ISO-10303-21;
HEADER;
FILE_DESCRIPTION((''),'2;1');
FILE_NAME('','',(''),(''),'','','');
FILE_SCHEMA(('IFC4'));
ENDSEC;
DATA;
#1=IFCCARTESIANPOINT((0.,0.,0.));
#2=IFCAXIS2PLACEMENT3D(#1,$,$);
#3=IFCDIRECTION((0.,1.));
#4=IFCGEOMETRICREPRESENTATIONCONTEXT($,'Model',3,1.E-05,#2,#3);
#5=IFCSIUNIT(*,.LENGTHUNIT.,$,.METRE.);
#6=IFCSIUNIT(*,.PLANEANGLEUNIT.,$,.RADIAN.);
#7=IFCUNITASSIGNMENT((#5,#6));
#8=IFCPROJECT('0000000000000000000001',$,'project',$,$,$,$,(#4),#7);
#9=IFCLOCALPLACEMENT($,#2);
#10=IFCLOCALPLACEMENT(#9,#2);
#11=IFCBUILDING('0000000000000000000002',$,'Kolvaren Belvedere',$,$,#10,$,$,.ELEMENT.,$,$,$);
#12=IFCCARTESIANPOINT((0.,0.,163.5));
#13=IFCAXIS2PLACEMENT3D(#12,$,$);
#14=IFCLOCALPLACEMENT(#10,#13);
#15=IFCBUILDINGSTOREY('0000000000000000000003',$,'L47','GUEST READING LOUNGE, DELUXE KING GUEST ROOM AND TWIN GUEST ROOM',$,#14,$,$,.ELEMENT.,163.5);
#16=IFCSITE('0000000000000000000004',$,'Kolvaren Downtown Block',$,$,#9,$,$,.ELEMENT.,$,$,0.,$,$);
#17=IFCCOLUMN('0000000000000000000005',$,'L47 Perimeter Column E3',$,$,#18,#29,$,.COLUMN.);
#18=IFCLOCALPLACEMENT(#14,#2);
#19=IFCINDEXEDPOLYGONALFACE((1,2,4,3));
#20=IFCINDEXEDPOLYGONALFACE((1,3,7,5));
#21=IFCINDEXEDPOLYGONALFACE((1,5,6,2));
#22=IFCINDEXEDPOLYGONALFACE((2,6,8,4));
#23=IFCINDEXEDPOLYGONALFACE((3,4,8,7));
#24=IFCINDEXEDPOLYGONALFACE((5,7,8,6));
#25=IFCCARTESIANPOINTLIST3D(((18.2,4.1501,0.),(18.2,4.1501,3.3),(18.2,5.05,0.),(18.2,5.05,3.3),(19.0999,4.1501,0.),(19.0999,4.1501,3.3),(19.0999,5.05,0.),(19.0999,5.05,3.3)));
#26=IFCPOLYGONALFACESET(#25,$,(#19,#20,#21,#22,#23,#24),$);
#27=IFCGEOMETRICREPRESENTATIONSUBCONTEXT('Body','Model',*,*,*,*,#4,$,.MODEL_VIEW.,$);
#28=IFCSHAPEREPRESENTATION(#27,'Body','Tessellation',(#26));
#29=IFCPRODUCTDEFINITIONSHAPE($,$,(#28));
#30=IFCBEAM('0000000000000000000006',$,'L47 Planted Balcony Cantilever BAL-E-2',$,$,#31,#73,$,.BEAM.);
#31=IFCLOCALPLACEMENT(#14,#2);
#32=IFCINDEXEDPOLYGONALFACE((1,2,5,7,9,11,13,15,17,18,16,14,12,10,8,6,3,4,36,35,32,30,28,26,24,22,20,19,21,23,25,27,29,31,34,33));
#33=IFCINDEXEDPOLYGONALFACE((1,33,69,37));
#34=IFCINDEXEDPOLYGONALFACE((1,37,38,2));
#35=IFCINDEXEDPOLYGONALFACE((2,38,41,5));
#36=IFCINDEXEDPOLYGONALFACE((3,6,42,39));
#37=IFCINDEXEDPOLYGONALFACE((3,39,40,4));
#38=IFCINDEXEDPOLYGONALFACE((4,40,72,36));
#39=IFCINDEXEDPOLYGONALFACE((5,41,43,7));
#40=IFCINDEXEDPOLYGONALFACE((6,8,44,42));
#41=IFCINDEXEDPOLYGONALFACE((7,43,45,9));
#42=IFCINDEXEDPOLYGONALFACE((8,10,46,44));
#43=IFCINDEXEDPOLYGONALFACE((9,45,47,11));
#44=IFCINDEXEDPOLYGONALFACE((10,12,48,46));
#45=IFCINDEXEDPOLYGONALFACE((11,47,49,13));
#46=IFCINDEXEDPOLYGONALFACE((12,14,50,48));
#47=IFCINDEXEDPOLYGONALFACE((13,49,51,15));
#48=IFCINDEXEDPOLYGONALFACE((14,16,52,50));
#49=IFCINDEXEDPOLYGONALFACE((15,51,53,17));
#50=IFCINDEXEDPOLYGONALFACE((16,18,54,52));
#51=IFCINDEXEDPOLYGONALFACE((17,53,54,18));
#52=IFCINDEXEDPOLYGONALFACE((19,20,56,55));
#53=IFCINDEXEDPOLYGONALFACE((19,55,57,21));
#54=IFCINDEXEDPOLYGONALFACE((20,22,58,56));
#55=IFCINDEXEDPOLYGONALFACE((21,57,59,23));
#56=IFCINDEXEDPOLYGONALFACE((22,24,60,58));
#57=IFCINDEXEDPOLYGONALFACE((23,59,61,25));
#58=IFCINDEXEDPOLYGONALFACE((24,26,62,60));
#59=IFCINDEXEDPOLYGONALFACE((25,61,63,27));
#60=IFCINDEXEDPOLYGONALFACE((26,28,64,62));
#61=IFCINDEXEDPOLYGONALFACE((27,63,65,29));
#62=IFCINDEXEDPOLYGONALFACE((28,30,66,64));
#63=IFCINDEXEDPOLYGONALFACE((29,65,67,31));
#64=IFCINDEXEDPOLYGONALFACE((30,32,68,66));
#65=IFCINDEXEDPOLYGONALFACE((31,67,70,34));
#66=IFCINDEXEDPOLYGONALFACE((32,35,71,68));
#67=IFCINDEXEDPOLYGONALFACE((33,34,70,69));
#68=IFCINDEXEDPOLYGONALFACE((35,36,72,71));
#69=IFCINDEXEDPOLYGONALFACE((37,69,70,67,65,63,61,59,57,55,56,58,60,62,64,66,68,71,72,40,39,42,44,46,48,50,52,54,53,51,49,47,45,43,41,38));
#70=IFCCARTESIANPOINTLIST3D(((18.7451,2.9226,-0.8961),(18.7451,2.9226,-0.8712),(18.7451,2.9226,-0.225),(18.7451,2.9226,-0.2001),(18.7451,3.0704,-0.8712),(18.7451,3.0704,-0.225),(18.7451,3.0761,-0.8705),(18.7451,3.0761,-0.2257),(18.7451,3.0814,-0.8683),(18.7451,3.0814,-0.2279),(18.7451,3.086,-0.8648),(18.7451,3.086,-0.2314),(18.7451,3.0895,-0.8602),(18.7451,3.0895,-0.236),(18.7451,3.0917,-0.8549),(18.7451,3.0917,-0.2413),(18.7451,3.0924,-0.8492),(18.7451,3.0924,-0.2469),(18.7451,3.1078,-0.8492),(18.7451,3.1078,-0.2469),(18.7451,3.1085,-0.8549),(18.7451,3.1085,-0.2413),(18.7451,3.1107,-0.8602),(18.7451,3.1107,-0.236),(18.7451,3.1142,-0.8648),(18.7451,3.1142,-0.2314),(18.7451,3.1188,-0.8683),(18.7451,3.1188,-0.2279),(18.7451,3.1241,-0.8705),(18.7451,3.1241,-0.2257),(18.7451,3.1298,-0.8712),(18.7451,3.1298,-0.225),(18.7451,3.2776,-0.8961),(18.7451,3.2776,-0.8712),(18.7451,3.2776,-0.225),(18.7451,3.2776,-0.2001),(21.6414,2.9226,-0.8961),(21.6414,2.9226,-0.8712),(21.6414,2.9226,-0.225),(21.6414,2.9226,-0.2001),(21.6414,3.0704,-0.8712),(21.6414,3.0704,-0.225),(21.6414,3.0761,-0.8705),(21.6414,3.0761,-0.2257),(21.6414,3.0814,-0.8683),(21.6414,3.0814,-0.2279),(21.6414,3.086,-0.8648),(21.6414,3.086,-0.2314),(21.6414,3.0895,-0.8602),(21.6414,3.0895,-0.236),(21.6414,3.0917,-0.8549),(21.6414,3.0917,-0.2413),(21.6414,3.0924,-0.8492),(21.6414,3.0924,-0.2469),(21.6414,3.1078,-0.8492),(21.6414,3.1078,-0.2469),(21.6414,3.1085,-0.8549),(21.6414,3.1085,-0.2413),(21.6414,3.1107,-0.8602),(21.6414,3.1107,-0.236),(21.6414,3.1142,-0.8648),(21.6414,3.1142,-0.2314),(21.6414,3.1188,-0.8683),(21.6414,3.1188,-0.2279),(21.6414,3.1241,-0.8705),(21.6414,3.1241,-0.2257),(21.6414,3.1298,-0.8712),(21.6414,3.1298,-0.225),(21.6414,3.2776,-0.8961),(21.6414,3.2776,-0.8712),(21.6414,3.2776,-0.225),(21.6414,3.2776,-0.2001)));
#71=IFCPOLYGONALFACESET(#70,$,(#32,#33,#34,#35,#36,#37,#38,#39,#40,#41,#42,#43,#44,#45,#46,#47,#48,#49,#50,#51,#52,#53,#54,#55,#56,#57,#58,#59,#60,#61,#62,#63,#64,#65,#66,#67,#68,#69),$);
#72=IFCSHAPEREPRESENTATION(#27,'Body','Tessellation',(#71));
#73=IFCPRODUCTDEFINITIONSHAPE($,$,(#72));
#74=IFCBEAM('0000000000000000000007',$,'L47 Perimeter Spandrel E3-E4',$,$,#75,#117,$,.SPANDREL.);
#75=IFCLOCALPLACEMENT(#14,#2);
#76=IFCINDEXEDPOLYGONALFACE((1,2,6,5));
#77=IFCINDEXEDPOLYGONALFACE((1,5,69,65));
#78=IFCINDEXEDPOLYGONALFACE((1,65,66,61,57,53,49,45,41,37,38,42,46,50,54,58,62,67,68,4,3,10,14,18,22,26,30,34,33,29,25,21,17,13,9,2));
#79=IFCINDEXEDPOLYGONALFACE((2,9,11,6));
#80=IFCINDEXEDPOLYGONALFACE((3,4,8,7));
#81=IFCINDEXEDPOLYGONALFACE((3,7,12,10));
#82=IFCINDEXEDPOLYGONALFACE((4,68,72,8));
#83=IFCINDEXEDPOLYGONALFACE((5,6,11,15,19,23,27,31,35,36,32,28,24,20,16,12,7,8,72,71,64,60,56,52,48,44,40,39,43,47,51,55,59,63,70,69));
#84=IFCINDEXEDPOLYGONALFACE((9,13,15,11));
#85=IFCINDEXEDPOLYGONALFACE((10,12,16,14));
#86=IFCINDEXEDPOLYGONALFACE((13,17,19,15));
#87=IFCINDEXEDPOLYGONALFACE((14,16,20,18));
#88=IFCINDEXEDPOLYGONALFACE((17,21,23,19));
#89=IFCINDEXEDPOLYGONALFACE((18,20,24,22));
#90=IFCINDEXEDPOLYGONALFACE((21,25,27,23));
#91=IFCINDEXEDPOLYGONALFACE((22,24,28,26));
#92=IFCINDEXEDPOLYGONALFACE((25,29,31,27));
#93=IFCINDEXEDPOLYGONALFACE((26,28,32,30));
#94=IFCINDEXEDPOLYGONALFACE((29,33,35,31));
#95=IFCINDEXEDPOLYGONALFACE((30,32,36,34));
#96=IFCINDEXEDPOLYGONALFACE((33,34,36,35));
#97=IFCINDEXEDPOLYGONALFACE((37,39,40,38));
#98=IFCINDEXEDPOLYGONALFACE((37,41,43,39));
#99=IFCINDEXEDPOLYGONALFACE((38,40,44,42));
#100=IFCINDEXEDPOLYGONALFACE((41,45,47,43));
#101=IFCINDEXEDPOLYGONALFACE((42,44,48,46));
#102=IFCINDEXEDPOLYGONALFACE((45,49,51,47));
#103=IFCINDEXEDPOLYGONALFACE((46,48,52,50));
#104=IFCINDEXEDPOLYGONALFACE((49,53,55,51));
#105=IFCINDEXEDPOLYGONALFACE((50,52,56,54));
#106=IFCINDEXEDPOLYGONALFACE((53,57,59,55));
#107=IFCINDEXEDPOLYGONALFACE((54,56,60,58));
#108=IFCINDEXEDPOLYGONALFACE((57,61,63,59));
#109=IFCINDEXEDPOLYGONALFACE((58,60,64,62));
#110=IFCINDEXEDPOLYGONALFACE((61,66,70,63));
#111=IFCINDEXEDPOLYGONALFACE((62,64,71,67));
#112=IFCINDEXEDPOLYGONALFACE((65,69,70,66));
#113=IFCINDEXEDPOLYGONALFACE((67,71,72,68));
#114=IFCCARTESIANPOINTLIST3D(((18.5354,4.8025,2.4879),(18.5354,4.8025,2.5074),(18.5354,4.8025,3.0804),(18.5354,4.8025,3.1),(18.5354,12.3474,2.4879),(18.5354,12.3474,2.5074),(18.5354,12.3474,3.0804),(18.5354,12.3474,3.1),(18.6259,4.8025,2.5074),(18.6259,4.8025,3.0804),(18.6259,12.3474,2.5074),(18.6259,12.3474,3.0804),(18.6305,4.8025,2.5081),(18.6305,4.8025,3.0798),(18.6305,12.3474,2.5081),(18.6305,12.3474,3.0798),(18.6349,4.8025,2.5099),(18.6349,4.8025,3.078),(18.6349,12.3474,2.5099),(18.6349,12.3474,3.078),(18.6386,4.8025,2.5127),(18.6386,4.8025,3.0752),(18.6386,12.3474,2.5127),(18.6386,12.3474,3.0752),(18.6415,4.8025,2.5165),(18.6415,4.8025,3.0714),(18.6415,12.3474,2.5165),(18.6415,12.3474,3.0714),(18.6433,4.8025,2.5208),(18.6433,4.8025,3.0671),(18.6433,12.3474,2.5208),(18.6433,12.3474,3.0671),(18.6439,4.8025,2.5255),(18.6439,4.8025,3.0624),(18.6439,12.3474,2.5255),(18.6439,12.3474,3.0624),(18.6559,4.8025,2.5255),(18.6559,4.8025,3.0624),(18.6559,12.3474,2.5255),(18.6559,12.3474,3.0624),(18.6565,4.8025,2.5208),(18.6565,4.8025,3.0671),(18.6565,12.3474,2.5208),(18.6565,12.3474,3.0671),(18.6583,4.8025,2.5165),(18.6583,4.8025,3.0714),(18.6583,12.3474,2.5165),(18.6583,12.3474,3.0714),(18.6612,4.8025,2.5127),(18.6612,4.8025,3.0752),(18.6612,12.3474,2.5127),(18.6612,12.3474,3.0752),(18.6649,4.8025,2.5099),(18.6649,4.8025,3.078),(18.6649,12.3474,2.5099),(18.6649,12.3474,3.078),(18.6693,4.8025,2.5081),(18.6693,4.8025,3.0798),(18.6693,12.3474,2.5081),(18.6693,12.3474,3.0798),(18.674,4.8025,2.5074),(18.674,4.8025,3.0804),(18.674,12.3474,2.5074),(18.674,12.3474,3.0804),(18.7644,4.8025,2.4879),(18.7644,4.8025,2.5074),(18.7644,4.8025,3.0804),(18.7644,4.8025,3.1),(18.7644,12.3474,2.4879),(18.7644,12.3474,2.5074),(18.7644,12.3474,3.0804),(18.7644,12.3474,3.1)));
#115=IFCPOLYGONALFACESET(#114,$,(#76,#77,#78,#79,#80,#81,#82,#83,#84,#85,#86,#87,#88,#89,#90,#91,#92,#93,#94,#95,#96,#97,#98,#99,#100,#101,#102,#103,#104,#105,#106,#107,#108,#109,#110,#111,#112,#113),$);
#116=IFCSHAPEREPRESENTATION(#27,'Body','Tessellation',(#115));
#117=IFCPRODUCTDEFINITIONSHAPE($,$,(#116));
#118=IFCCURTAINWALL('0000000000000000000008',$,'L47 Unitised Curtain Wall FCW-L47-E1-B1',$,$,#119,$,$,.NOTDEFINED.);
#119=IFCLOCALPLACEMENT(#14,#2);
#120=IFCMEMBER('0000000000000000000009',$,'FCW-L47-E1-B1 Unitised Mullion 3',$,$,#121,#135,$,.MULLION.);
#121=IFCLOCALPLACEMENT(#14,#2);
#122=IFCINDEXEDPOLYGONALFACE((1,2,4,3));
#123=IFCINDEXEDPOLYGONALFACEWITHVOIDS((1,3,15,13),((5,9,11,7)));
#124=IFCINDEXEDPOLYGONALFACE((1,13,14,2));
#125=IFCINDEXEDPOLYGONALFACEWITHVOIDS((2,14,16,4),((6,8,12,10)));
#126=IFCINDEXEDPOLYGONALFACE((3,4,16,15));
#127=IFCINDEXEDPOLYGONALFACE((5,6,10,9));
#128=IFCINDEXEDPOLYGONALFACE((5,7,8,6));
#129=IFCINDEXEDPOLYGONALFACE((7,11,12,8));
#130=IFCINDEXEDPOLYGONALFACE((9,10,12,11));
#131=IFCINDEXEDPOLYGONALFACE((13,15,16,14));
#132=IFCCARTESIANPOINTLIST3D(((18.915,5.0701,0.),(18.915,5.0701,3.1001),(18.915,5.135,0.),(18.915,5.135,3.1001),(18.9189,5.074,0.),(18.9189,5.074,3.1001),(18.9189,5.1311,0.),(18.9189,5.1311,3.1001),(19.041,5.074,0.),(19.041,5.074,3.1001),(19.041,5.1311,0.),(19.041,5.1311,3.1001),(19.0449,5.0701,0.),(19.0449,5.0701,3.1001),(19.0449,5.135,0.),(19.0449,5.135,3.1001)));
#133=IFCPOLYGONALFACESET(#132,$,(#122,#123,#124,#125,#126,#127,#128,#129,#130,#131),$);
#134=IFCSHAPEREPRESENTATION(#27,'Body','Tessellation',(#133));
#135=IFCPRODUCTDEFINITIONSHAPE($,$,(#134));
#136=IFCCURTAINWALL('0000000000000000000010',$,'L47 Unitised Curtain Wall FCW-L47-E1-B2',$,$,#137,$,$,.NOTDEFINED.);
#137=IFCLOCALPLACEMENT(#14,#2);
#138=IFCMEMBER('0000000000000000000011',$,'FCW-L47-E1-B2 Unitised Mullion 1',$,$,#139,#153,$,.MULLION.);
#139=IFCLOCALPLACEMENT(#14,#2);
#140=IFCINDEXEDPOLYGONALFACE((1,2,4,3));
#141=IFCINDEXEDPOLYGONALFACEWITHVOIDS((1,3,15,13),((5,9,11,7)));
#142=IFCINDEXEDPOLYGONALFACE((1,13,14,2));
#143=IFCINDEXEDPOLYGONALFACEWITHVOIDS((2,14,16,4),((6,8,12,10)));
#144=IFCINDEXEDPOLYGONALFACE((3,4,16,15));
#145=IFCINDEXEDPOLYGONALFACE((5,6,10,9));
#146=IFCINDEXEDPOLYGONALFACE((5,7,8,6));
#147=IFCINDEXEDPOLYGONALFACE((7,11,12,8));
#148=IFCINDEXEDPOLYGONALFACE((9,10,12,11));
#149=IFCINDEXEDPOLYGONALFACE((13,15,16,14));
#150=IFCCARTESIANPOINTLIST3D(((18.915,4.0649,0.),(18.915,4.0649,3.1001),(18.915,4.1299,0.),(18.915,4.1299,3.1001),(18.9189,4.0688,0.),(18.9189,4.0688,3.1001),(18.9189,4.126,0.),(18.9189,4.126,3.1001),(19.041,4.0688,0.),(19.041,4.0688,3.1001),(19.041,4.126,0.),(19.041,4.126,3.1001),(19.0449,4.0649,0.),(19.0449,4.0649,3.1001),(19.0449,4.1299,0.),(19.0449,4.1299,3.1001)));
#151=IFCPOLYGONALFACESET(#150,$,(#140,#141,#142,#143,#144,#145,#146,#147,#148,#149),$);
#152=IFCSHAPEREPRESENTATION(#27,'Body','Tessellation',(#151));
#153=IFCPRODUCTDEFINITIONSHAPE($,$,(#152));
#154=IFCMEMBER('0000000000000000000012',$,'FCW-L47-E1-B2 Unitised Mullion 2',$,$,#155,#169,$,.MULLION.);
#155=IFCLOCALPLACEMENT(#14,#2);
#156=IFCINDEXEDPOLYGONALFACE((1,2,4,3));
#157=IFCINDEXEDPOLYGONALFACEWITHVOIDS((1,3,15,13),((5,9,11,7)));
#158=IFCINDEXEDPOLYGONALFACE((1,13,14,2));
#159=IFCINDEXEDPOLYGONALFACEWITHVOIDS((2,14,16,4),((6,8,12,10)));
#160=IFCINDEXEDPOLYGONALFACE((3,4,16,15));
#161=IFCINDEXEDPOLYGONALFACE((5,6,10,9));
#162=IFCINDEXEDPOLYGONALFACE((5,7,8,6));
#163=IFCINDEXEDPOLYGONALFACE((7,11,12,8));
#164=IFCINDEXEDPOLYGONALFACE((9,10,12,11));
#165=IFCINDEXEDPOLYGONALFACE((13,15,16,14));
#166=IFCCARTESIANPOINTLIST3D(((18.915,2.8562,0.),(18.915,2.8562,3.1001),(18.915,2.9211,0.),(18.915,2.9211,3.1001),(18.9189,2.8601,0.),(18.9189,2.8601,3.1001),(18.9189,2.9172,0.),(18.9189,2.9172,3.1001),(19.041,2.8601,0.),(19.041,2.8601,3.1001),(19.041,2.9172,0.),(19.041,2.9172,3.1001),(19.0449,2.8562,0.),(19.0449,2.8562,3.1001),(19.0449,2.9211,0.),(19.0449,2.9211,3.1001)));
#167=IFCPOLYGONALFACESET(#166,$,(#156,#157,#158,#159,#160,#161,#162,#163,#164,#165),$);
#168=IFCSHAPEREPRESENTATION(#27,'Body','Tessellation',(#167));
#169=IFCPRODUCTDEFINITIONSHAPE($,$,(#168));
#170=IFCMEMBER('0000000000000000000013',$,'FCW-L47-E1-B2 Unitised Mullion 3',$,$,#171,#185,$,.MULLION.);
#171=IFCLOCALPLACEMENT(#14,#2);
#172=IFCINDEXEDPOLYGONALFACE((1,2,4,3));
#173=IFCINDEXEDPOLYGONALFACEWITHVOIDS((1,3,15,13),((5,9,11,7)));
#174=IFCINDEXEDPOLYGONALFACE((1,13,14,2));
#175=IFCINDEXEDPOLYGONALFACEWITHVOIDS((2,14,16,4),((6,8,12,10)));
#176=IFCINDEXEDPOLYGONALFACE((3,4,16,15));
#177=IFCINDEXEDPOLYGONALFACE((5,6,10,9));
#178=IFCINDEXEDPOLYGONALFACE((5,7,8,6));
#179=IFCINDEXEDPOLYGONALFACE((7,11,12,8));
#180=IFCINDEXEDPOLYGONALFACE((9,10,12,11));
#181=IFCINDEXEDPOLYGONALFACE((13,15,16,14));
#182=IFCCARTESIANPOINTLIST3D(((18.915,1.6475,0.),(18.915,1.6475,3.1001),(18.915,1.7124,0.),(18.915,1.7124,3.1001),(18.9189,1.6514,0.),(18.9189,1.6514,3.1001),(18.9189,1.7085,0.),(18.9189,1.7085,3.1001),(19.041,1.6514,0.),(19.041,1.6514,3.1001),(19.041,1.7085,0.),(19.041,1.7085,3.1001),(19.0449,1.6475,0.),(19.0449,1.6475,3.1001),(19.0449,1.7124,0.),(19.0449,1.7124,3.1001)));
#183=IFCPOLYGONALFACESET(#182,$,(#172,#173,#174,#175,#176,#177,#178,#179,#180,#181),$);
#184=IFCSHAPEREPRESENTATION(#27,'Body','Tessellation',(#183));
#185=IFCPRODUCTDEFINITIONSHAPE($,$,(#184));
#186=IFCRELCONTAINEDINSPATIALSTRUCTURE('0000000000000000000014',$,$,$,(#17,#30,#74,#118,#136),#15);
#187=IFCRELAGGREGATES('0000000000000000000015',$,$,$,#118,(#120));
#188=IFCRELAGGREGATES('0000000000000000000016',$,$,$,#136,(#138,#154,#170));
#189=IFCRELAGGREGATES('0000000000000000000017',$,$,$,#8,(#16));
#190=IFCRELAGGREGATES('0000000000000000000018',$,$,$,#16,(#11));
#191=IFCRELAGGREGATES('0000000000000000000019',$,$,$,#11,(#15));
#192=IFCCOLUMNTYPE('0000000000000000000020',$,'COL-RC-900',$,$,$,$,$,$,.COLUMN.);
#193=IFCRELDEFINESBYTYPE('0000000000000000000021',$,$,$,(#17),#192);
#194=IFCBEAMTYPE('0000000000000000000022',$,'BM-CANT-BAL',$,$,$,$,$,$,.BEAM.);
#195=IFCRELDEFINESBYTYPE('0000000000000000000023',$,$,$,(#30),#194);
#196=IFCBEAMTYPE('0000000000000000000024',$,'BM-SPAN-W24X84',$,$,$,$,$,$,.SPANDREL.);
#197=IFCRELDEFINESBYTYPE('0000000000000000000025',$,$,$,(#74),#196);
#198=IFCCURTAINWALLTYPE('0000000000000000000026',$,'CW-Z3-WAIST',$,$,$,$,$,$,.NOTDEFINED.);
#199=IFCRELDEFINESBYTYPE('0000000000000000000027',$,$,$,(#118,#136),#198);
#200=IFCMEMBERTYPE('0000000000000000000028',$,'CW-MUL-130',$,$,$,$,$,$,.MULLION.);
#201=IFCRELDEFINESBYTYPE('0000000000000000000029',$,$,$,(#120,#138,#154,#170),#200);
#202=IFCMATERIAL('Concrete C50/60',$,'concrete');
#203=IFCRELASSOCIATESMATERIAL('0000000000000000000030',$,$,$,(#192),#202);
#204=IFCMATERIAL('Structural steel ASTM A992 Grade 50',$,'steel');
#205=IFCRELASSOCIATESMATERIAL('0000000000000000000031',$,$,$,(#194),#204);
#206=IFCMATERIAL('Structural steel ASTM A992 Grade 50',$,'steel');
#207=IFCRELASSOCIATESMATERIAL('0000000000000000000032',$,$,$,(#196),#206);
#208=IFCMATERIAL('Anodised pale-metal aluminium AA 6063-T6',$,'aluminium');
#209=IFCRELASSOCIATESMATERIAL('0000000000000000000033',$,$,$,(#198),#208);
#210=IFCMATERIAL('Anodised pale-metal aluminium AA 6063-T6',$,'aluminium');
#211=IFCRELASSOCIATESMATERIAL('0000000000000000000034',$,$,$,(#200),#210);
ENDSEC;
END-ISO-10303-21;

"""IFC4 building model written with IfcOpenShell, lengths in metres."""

from ifc_helpers import new_model, si_unit, direction, frame, origin, origin_2d, place, context, subcontext, project, spatial, rectangle, hollow_rectangle, i_section, extrude, material, material_profile, profile_set, type_object, element, aggregate, save


model = new_model("IFC4")

# Units and contexts
model_context = context("Model", 3, precision=1e-05, world=origin(), true_north=direction((0.0, 1.0)))
body_context = subcontext(model_context, "Body", "Model", "MODEL_VIEW")
ifc_project = project(units=[si_unit("LENGTHUNIT", "METRE"), si_unit("PLANEANGLEUNIT", "RADIAN")], contexts=[model_context])

# Site, building, storey
site_placement = place(None, origin())
site = spatial("IfcSite", under=ifc_project, at=site_placement, Name="Kolvaren Downtown Block", CompositionType="ELEMENT", RefElevation=0.0)
building_placement = place(site_placement, origin())
building = spatial("IfcBuilding", under=site, at=building_placement, Name="Kolvaren Belvedere", CompositionType="ELEMENT")
storey_placement = place(building_placement, frame((0.0, 0.0, 163.5)))
storey = spatial("IfcBuildingStorey", under=building, at=storey_placement, Name="L47", Description="GUEST READING LOUNGE, DELUXE KING GUEST ROOM AND TWIN GUEST ROOM", CompositionType="ELEMENT", Elevation=163.5)

# Column
ifc_material_1 = material(Name="Concrete C50/60", Category="concrete")
ifc_material_profile_1 = material_profile(ifc_material_1, rectangle(XDim=0.8999, YDim=0.8999, at=origin_2d()), Name="RC 900X900")
ifc_profile_set_1 = profile_set([ifc_material_profile_1], Name="Concrete C50/60")
column_type = type_object("IfcColumnType", Name="COL-RC-900", PredefinedType="COLUMN", material=ifc_profile_set_1)
column_placement = place(storey_placement, frame((18.6499, 4.6001, 0.0), z_axis=(0.0, 0.0, 1.0), x_axis=(1.0, 0.0, 0.0)))
element("IfcColumn", 1, at=column_placement, inside=storey, type_object=column_type, Name="L47 Perimeter Column E3", PredefinedType="COLUMN", context=body_context, shape_type="SweptSolid", body=[
    extrude(rectangle(XDim=0.8999, YDim=0.8999, at=origin_2d()), origin(), (0.0, 0.0, 1.0), 3.3),
])

# Beams
ifc_material_2 = material(Name="Structural steel ASTM A992 Grade 50", Category="steel")
ifc_material_profile_2 = material_profile(ifc_material_2, i_section(OverallWidth=0.355, OverallDepth=0.696, WebThickness=0.0154, FlangeThickness=0.0249, FilletRadius=0.022, at=origin_2d()), Name="W27X146")
ifc_profile_set_2 = profile_set([ifc_material_profile_2], Name="Structural steel ASTM A992 Grade 50")
beam_type_1 = type_object("IfcBeamType", Name="BM-CANT-BAL", PredefinedType="BEAM", material=ifc_profile_set_2)
beam_1_placement = place(storey_placement, frame((18.7451, 3.1001, -0.5481), z_axis=(1.0, 0.0, 0.0), x_axis=(0.0, 1.0, 0.0)))
element("IfcBeam", 2, at=beam_1_placement, inside=storey, type_object=beam_type_1, Name="L47 Planted Balcony Cantilever BAL-E-2", PredefinedType="BEAM", context=body_context, shape_type="SweptSolid", body=[
    extrude(i_section(OverallWidth=0.355, OverallDepth=0.696, WebThickness=0.0154, FlangeThickness=0.0249, FilletRadius=0.022, at=origin_2d()), origin(), (0.0, 0.0, 1.0), 2.8962),
])
ifc_material_3 = material(Name="Structural steel ASTM A992 Grade 50", Category="steel")
ifc_material_profile_3 = material_profile(ifc_material_3, i_section(OverallWidth=0.229, OverallDepth=0.6121, WebThickness=0.012, FlangeThickness=0.0195, FilletRadius=0.0181, at=origin_2d()), Name="W24X84")
ifc_profile_set_3 = profile_set([ifc_material_profile_3], Name="Structural steel ASTM A992 Grade 50")
beam_type_2 = type_object("IfcBeamType", Name="BM-SPAN-W24X84", PredefinedType="SPANDREL", material=ifc_profile_set_3)
beam_2_placement = place(storey_placement, frame((18.6499, 4.8025, 2.7939), z_axis=(0.0, 1.0, 0.0), x_axis=(-1.0, 0.0, 0.0)))
element("IfcBeam", 3, at=beam_2_placement, inside=storey, type_object=beam_type_2, Name="L47 Perimeter Spandrel E3-E4", PredefinedType="SPANDREL", context=body_context, shape_type="SweptSolid", body=[
    extrude(i_section(OverallWidth=0.229, OverallDepth=0.6121, WebThickness=0.012, FlangeThickness=0.0195, FilletRadius=0.0181, at=origin_2d()), origin(), (0.0, 0.0, 1.0), 7.5449),
])

# Curtain wall, member
ifc_material_4 = material(Name="Anodised pale-metal aluminium AA 6063-T6", Category="aluminium")
curtain_wall_type = type_object("IfcCurtainWallType", Name="CW-Z3-WAIST", PredefinedType="NOTDEFINED", material=ifc_material_4)
curtain_wall_1_placement = place(storey_placement, origin())
curtain_wall_1 = element("IfcCurtainWall", 4, at=curtain_wall_1_placement, inside=storey, type_object=curtain_wall_type, Name="L47 Unitised Curtain Wall FCW-L47-E1-B1", PredefinedType="NOTDEFINED")
ifc_material_5 = material(Name="Anodised pale-metal aluminium AA 6063-T6", Category="aluminium")
ifc_material_profile_4 = material_profile(ifc_material_5, hollow_rectangle(XDim=0.0649, YDim=0.1299, WallThickness=0.0039, at=origin_2d()), Name="ALU-MUL-130X65")
ifc_profile_set_4 = profile_set([ifc_material_profile_4], Name="Anodised pale-metal aluminium AA 6063-T6")
member_type_1 = type_object("IfcMemberType", Name="CW-MUL-130", PredefinedType="MULLION", material=ifc_profile_set_4)
member_1_placement = place(storey_placement, frame((18.98, 5.1025, 0.0), z_axis=(0.0, 0.0, 1.0), x_axis=(0.0, 1.0, 0.0)))
member_1 = element("IfcMember", 5, at=member_1_placement, type_object=member_type_1, Name="FCW-L47-E1-B1 Unitised Mullion 3", PredefinedType="MULLION", context=body_context, shape_type="SweptSolid", body=[
    extrude(hollow_rectangle(XDim=0.0649, YDim=0.1299, WallThickness=0.0039, at=origin_2d()), origin(), (0.0, 0.0, 1.0), 3.1001),
])
aggregate(curtain_wall_1, [member_1])

# Curtain wall, members
curtain_wall_2_placement = place(storey_placement, origin())
curtain_wall_2 = element("IfcCurtainWall", 6, at=curtain_wall_2_placement, inside=storey, type_object=curtain_wall_type, Name="L47 Unitised Curtain Wall FCW-L47-E1-B2", PredefinedType="NOTDEFINED")
member_2_placement = place(storey_placement, frame((18.98, 4.0974, 0.0), z_axis=(0.0, 0.0, 1.0), x_axis=(0.0, 1.0, 0.0)))
member_2 = element("IfcMember", 7, at=member_2_placement, type_object=member_type_1, Name="FCW-L47-E1-B2 Unitised Mullion 1", PredefinedType="MULLION", context=body_context, shape_type="SweptSolid", body=[
    extrude(hollow_rectangle(XDim=0.0649, YDim=0.1299, WallThickness=0.0039, at=origin_2d()), origin(), (0.0, 0.0, 1.0), 3.1001),
])
member_3_placement = place(storey_placement, frame((18.98, 2.8887, 0.0), z_axis=(0.0, 0.0, 1.0), x_axis=(0.0, 1.0, 0.0)))
member_3 = element("IfcMember", 8, at=member_3_placement, type_object=member_type_1, Name="FCW-L47-E1-B2 Unitised Mullion 2", PredefinedType="MULLION", context=body_context, shape_type="SweptSolid", body=[
    extrude(hollow_rectangle(XDim=0.0649, YDim=0.1299, WallThickness=0.0039, at=origin_2d()), origin(), (0.0, 0.0, 1.0), 3.1001),
])
member_4_placement = place(storey_placement, frame((18.98, 1.6799, 0.0), z_axis=(0.0, 0.0, 1.0), x_axis=(0.0, 1.0, 0.0)))
member_4 = element("IfcMember", 9, at=member_4_placement, type_object=member_type_1, Name="FCW-L47-E1-B2 Unitised Mullion 3", PredefinedType="MULLION", context=body_context, shape_type="SweptSolid", body=[
    extrude(hollow_rectangle(XDim=0.0649, YDim=0.1299, WallThickness=0.0039, at=origin_2d()), origin(), (0.0, 0.0, 1.0), 3.1001),
])

aggregate(curtain_wall_2, [member_2, member_3, member_4])

save(model, "model.ifc")
